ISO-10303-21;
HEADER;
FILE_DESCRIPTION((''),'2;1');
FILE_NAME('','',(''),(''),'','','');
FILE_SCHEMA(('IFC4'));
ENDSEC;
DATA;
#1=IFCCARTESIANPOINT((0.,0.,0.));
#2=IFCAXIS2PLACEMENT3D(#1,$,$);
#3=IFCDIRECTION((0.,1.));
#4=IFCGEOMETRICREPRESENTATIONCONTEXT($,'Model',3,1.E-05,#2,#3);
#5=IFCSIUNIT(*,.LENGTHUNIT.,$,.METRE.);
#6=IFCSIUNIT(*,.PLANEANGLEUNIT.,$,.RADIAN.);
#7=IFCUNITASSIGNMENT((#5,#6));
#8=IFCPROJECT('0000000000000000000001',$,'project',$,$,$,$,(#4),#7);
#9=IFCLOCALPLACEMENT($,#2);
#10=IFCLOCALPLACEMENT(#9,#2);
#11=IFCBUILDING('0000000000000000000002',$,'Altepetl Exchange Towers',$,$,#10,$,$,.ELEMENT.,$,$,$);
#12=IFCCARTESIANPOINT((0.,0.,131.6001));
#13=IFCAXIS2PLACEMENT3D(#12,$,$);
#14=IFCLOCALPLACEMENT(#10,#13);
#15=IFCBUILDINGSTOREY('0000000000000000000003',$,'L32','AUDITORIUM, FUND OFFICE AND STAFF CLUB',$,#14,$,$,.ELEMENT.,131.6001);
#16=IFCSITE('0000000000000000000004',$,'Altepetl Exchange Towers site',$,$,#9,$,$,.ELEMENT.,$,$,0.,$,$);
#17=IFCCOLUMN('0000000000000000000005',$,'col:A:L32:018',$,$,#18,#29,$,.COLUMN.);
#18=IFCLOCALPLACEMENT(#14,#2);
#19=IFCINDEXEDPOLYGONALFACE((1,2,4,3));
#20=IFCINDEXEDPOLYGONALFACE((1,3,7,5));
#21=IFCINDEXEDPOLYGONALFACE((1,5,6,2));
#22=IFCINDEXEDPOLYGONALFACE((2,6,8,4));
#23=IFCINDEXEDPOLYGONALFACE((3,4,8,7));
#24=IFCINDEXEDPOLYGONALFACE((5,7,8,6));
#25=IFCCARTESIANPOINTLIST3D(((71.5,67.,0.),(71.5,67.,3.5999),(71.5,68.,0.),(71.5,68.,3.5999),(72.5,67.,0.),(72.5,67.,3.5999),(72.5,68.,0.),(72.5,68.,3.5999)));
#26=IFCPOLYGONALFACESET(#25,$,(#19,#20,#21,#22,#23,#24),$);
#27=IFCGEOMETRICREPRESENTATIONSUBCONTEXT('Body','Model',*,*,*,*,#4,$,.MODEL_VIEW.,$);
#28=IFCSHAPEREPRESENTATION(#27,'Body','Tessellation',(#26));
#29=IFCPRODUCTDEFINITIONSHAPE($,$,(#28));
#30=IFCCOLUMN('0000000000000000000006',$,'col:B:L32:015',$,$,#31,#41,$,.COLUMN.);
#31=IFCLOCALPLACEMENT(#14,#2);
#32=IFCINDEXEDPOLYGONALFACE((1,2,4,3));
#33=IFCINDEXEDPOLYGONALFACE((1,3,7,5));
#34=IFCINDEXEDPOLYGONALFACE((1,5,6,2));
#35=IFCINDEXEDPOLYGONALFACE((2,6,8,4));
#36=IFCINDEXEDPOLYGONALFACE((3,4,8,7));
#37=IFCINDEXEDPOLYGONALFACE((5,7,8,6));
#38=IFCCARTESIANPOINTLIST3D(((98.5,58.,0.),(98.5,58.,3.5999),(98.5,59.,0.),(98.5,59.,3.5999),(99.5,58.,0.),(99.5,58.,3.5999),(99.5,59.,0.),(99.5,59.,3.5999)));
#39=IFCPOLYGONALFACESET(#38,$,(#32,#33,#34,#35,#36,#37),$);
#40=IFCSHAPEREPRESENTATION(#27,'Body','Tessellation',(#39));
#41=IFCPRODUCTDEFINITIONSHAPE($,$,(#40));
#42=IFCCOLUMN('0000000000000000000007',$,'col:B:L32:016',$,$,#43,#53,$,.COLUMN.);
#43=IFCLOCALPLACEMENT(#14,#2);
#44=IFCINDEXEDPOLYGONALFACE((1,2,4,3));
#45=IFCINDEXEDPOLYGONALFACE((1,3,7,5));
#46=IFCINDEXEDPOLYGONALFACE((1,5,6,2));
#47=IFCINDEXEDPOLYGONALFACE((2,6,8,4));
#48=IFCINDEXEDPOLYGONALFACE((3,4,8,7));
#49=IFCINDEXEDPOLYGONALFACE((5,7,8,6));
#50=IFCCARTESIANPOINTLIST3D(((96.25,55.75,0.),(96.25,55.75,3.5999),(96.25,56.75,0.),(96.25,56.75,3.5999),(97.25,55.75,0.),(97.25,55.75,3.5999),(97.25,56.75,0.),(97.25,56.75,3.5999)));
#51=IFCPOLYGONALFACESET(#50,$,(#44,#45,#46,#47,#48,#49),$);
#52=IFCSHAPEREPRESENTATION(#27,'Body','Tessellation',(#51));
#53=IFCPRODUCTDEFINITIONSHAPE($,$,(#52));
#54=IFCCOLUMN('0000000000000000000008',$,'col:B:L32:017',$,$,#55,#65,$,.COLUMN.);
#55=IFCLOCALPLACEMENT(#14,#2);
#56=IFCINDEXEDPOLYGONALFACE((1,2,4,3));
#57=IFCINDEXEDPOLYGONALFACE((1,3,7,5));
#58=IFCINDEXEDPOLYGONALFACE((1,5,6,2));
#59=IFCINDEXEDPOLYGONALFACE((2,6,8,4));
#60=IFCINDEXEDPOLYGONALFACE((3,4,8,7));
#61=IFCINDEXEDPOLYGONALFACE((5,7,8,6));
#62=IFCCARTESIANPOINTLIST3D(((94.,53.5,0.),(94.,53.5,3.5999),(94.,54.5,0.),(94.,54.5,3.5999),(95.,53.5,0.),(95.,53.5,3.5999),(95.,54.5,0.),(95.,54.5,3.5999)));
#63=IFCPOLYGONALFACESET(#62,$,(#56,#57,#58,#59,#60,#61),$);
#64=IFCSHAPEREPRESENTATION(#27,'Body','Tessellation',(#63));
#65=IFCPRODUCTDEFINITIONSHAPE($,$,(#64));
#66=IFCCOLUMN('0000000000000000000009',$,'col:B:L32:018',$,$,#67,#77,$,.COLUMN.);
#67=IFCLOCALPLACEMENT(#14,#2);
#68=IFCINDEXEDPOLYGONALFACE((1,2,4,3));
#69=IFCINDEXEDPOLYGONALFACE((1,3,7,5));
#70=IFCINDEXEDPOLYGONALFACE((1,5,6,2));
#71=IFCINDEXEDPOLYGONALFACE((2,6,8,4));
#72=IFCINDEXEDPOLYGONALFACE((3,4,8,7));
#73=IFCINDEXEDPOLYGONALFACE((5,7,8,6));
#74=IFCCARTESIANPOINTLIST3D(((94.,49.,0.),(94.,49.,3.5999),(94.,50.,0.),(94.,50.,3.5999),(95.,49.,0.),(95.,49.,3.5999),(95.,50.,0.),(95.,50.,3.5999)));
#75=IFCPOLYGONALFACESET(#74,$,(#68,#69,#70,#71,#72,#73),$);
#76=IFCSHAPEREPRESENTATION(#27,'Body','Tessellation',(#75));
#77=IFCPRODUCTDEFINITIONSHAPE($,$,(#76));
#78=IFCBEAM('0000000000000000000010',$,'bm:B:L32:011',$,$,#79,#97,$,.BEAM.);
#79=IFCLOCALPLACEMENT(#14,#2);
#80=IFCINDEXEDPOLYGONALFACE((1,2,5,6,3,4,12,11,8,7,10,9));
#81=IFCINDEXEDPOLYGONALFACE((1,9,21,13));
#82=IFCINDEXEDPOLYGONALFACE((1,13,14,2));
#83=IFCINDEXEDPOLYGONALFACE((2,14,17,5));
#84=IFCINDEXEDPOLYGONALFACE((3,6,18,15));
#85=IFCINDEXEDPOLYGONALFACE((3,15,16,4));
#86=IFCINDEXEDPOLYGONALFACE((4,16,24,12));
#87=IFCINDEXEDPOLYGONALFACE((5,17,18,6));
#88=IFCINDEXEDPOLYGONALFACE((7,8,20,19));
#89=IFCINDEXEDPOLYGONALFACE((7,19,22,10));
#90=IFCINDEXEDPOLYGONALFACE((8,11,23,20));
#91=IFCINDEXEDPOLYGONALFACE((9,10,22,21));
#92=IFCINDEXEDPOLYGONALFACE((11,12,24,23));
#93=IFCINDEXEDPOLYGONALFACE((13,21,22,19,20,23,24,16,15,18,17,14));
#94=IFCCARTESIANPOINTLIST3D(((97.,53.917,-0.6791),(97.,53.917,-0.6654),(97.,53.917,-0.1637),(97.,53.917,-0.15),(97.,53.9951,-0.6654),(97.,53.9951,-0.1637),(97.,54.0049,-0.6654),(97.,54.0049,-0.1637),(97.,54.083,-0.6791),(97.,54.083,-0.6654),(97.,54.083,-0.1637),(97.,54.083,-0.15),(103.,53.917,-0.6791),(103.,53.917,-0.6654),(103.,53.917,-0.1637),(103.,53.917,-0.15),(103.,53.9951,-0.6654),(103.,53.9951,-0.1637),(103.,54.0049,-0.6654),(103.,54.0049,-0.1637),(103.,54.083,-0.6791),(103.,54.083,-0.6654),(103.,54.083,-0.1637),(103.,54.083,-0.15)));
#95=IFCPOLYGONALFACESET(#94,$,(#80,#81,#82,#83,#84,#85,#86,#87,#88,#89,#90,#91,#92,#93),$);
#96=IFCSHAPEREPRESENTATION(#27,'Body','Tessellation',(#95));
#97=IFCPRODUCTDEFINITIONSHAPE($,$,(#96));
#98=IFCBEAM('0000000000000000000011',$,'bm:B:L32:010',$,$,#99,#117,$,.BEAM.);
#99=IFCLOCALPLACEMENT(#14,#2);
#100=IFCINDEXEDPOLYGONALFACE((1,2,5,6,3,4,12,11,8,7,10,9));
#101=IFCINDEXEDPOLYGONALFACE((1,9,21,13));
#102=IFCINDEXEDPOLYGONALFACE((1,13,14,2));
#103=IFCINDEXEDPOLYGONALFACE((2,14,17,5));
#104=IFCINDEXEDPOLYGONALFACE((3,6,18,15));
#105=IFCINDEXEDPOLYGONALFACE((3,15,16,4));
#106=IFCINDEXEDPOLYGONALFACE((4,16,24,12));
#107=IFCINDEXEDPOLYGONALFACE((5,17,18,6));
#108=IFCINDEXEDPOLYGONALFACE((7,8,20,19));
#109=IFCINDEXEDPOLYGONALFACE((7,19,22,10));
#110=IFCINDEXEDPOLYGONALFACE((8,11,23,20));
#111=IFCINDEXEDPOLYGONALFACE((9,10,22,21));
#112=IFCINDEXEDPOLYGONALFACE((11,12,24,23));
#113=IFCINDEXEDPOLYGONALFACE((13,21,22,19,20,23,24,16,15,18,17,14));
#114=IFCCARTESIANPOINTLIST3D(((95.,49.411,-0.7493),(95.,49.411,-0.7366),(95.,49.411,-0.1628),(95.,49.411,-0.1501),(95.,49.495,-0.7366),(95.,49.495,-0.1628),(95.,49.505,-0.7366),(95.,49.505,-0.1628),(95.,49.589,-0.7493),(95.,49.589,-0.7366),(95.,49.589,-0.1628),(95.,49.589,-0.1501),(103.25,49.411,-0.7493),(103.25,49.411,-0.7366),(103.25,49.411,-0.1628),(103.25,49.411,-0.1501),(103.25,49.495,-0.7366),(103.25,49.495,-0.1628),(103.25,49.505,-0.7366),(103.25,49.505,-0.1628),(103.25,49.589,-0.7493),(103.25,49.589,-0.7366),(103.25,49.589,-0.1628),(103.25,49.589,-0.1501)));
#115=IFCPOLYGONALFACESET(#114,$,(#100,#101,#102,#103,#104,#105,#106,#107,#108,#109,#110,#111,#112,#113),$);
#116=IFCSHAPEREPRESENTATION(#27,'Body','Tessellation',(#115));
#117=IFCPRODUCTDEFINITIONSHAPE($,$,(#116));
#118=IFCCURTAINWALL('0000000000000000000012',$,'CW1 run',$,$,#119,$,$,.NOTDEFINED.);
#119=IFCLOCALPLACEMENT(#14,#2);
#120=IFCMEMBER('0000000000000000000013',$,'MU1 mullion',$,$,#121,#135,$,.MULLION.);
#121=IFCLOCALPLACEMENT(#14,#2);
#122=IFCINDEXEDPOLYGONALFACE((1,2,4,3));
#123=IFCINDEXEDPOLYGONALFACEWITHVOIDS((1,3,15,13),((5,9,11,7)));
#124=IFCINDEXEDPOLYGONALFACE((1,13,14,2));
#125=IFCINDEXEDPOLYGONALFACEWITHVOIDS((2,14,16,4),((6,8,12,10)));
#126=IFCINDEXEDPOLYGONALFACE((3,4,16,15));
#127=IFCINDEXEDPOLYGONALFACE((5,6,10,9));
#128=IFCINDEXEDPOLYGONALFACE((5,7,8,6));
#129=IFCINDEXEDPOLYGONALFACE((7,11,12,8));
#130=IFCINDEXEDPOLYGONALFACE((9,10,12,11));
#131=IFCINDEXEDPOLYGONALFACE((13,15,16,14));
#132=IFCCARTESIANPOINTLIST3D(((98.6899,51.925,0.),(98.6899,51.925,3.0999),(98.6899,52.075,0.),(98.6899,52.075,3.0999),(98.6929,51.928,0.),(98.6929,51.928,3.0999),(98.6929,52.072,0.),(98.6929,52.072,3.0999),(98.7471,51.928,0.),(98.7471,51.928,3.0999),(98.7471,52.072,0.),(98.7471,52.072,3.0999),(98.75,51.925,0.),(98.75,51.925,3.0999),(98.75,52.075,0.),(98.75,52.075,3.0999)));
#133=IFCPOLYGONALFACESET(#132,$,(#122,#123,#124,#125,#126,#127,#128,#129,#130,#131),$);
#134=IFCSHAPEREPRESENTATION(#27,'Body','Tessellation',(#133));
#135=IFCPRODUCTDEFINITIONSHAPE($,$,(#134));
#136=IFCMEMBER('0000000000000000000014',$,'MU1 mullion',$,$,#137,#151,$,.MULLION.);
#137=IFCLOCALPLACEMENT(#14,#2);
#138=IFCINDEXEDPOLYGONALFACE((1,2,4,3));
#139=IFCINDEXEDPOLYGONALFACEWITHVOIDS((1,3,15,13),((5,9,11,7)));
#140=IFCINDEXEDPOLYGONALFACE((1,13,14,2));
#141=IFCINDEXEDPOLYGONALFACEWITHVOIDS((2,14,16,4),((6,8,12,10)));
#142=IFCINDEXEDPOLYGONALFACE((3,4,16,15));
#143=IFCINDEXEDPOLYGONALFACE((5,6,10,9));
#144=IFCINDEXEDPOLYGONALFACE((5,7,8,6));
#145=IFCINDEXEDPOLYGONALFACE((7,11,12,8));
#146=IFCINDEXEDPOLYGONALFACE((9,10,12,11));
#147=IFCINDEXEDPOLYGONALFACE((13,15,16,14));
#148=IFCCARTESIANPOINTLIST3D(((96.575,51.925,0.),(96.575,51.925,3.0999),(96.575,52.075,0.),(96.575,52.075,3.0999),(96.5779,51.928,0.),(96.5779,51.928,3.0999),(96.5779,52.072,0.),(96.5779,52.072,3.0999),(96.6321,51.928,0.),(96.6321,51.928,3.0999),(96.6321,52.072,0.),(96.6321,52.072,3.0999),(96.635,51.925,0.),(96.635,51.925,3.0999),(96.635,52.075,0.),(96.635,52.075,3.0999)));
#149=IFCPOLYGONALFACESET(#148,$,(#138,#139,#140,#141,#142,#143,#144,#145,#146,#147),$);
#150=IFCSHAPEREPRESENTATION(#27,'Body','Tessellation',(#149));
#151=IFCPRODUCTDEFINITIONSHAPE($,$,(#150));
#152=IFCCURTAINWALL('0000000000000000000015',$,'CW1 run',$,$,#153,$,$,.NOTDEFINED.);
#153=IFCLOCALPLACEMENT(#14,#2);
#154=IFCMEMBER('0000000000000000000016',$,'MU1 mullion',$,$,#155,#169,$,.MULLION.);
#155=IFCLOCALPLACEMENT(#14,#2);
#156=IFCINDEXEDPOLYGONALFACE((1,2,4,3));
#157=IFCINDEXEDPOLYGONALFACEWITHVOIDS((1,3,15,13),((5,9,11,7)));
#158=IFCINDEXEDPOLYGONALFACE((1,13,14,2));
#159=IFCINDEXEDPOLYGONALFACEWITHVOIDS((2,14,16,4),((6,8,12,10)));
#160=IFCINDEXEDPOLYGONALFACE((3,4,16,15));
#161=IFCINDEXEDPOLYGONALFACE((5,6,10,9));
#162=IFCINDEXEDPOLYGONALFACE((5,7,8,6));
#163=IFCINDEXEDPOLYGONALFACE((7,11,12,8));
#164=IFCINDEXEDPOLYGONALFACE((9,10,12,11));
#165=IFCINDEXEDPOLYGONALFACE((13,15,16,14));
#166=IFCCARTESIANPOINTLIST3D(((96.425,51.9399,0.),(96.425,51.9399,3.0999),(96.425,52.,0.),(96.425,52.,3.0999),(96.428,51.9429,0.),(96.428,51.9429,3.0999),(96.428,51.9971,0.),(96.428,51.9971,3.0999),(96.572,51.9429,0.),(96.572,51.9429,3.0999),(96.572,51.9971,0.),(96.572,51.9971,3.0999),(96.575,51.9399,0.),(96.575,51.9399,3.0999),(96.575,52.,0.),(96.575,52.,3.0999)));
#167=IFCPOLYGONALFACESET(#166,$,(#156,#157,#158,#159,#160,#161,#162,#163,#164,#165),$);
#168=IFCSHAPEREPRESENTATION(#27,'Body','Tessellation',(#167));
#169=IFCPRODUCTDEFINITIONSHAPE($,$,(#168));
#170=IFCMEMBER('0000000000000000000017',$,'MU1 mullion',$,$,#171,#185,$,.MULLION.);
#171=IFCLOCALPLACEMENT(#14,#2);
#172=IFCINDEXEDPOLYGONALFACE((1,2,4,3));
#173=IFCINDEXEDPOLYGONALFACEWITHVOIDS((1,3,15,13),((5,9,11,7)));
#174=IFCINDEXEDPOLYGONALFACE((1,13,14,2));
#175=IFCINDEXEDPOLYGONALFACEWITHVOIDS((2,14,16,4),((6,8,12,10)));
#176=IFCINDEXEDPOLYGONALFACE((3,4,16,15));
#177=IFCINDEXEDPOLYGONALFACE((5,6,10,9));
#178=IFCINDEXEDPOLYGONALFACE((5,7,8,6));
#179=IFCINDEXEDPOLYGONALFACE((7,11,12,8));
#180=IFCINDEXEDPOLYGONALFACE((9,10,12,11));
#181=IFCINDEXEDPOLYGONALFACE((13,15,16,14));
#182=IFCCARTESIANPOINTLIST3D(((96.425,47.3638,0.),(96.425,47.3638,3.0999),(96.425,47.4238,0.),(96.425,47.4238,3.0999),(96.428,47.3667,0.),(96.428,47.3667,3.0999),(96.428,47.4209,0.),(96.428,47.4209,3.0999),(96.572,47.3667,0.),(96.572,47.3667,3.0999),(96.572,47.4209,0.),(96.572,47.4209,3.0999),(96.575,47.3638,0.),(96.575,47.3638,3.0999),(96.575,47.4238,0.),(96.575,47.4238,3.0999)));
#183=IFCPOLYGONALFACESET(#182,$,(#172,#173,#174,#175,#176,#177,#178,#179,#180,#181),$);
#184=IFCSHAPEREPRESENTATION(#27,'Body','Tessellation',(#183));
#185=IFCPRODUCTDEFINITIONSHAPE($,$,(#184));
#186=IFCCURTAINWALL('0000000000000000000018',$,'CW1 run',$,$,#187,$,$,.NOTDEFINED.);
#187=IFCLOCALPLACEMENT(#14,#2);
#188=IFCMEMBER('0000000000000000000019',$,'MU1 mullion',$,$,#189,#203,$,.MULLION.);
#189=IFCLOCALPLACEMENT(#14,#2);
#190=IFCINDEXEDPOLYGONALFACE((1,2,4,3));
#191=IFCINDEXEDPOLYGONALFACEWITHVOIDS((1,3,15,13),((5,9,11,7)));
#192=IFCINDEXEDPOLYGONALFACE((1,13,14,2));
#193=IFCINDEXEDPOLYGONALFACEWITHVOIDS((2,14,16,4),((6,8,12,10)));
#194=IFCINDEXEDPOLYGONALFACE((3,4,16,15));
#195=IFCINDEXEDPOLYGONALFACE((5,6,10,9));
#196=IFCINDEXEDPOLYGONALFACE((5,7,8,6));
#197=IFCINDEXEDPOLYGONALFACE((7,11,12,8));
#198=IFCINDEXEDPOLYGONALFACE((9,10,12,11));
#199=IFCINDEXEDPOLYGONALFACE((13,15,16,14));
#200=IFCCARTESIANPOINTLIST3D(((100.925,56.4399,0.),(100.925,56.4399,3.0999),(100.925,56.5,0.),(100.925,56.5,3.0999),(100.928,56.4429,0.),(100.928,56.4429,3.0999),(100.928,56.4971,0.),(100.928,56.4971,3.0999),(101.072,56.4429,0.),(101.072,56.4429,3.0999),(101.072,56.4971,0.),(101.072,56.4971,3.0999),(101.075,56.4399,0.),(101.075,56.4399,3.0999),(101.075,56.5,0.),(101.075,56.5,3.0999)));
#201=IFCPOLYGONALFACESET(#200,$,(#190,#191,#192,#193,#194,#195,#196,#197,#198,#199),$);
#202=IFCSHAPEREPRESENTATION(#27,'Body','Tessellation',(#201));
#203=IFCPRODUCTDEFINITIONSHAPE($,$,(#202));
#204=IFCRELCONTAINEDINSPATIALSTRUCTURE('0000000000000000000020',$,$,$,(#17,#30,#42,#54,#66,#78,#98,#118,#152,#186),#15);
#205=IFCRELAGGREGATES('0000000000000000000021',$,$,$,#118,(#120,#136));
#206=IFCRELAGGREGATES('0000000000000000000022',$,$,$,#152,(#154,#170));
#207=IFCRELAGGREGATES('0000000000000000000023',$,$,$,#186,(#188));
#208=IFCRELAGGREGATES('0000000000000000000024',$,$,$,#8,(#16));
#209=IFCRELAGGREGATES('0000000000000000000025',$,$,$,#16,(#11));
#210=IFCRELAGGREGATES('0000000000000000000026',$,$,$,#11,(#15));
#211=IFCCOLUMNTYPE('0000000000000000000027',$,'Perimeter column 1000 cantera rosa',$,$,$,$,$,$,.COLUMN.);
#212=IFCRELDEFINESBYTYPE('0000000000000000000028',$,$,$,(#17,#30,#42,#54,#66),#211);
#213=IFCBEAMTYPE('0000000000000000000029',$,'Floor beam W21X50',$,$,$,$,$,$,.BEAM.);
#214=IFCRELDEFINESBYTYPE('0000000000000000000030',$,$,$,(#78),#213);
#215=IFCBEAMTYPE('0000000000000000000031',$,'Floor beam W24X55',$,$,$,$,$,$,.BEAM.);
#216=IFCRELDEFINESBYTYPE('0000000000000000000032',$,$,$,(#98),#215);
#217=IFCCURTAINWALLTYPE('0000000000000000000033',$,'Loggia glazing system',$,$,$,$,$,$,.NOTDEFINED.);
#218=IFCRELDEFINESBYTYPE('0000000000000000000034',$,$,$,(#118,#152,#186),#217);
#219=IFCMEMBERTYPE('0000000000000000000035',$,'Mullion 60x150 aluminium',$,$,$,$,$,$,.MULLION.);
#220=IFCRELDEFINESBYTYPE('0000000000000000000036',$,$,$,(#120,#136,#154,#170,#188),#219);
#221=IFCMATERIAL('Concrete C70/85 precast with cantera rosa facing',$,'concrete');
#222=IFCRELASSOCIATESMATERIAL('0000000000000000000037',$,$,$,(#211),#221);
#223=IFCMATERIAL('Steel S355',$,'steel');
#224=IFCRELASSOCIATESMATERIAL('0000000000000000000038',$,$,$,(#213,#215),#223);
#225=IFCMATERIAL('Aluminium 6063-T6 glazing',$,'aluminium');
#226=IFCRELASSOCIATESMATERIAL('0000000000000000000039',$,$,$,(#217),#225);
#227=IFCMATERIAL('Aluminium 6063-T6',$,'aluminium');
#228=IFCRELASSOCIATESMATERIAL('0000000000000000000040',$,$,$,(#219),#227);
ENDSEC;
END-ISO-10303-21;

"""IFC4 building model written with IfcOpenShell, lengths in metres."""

from ifc_helpers import new_model, si_unit, direction, frame, origin, origin_2d, place, context, subcontext, project, spatial, rectangle, hollow_rectangle, i_section, extrude, material, material_profile, profile_set, type_object, element, aggregate, save


model = new_model("IFC4")

# Units and contexts
model_context = context("Model", 3, precision=1e-05, world=origin(), true_north=direction((0.0, 1.0)))
body_context = subcontext(model_context, "Body", "Model", "MODEL_VIEW")
ifc_project = project(units=[si_unit("LENGTHUNIT", "METRE"), si_unit("PLANEANGLEUNIT", "RADIAN")], contexts=[model_context])

# Site, building, storey
site_placement = place(None, origin())
site = spatial("IfcSite", under=ifc_project, at=site_placement, Name="Altepetl Exchange Towers site", CompositionType="ELEMENT", RefElevation=0.0)
building_placement = place(site_placement, origin())
building = spatial("IfcBuilding", under=site, at=building_placement, Name="Altepetl Exchange Towers", CompositionType="ELEMENT")
storey_placement = place(building_placement, frame((0.0, 0.0, 131.6001)))
storey = spatial("IfcBuildingStorey", under=building, at=storey_placement, Name="L32", Description="AUDITORIUM, FUND OFFICE AND STAFF CLUB", CompositionType="ELEMENT", Elevation=131.6001)

# Columns
ifc_material_1 = material(Name="Concrete C70/85 precast with cantera rosa facing", Category="concrete")
ifc_material_profile_1 = material_profile(ifc_material_1, rectangle(XDim=1.0, YDim=1.0, at=origin_2d()), Name="1000 x 1000")
ifc_profile_set_1 = profile_set([ifc_material_profile_1], Name="Concrete C70/85 precast with cantera rosa facing")
column_type = type_object("IfcColumnType", Name="Perimeter column 1000 cantera rosa", PredefinedType="COLUMN", material=ifc_profile_set_1)
for number, where, name in (
    (1, (72.0, 67.5, 0.0), "col:A:L32:018"),
    (2, (99.0, 58.5, 0.0), "col:B:L32:015"),
    (3, (96.75, 56.25, 0.0), "col:B:L32:016"),
    (4, (94.5, 54.0, 0.0), "col:B:L32:017"),
    (5, (94.5, 49.5, 0.0), "col:B:L32:018"),
):
    element("IfcColumn", number, at=place(storey_placement, frame(where)), inside=storey, type_object=column_type, Name=name, PredefinedType="COLUMN", context=body_context, shape_type="SweptSolid", body=[
        extrude(rectangle(XDim=1.0, YDim=1.0, at=origin_2d()), origin(), (0.0, 0.0, 1.0), 3.5999),
    ])

# Beams
ifc_material_2 = material(Name="Steel S355", Category="steel")
ifc_material_profile_2 = material_profile(ifc_material_2, i_section(OverallWidth=0.166, OverallDepth=0.5291, WebThickness=0.0098, FlangeThickness=0.0137, at=origin_2d()), Name="W21X50")
ifc_profile_set_2 = profile_set([ifc_material_profile_2], Name="Steel S355")
beam_type_1 = type_object("IfcBeamType", Name="Floor beam W21X50", PredefinedType="BEAM", material=ifc_profile_set_2)
beam_1_placement = place(storey_placement, frame((97.0, 54.0, -0.4146), z_axis=(1.0, 0.0, 0.0), x_axis=(0.0, 1.0, 0.0)))
element("IfcBeam", 6, at=beam_1_placement, inside=storey, type_object=beam_type_1, Name="bm:B:L32:011", PredefinedType="BEAM", context=body_context, shape_type="SweptSolid", body=[
    extrude(i_section(OverallWidth=0.166, OverallDepth=0.5291, WebThickness=0.0098, FlangeThickness=0.0137, at=origin_2d()), origin(), (0.0, 0.0, 1.0), 6.0),
])
ifc_material_profile_3 = material_profile(ifc_material_2, i_section(OverallWidth=0.178, OverallDepth=0.5991, WebThickness=0.01, FlangeThickness=0.0127, at=origin_2d()), Name="W24X55")
ifc_profile_set_3 = profile_set([ifc_material_profile_3], Name="Steel S355")
beam_type_2 = type_object("IfcBeamType", Name="Floor beam W24X55", PredefinedType="BEAM", material=ifc_profile_set_3)
beam_2_placement = place(storey_placement, frame((95.0, 49.5, -0.4497), z_axis=(1.0, 0.0, 0.0), x_axis=(0.0, 1.0, 0.0)))
element("IfcBeam", 7, at=beam_2_placement, inside=storey, type_object=beam_type_2, Name="bm:B:L32:010", PredefinedType="BEAM", context=body_context, shape_type="SweptSolid", body=[
    extrude(i_section(OverallWidth=0.178, OverallDepth=0.5991, WebThickness=0.01, FlangeThickness=0.0127, at=origin_2d()), origin(), (0.0, 0.0, 1.0), 8.25),
])

# Curtain walls, members
ifc_material_3 = material(Name="Aluminium 6063-T6 glazing", Category="aluminium")
curtain_wall_type = type_object("IfcCurtainWallType", Name="Loggia glazing system", PredefinedType="NOTDEFINED", material=ifc_material_3)
curtain_wall_1_placement = place(storey_placement, origin())
curtain_wall_1 = element("IfcCurtainWall", 8, at=curtain_wall_1_placement, inside=storey, type_object=curtain_wall_type, Name="CW1 run", PredefinedType="NOTDEFINED")
ifc_material_4 = material(Name="Aluminium 6063-T6", Category="aluminium")
ifc_material_profile_4 = material_profile(ifc_material_4, hollow_rectangle(XDim=0.0601, YDim=0.1499, WallThickness=0.0029, at=origin_2d()), Name="Mullion 60x150 aluminium")
ifc_profile_set_4 = profile_set([ifc_material_profile_4], Name="Aluminium 6063-T6")
member_type = type_object("IfcMemberType", Name="Mullion 60x150 aluminium", PredefinedType="MULLION", material=ifc_profile_set_4)
member_1_placement = place(storey_placement, frame((98.72, 52.0, 0.0), z_axis=(0.0, 0.0, 1.0), x_axis=(-1.0, 0.0, 0.0)))
member_1 = element("IfcMember", 9, at=member_1_placement, type_object=member_type, Name="MU1 mullion", PredefinedType="MULLION", context=body_context, shape_type="SweptSolid", body=[
    extrude(hollow_rectangle(XDim=0.0601, YDim=0.1499, WallThickness=0.0029, at=origin_2d()), origin(), (0.0, 0.0, 1.0), 3.0999),
])
member_2_placement = place(storey_placement, frame((96.605, 52.0, 0.0), z_axis=(0.0, 0.0, 1.0), x_axis=(-1.0, 0.0, 0.0)))
member_2 = element("IfcMember", 10, at=member_2_placement, type_object=member_type, Name="MU1 mullion", PredefinedType="MULLION", context=body_context, shape_type="SweptSolid", body=[
    extrude(hollow_rectangle(XDim=0.0601, YDim=0.1499, WallThickness=0.0029, at=origin_2d()), origin(), (0.0, 0.0, 1.0), 3.0999),
])
curtain_wall_2_placement = place(storey_placement, origin())
curtain_wall_2 = element("IfcCurtainWall", 11, at=curtain_wall_2_placement, inside=storey, type_object=curtain_wall_type, Name="CW1 run", PredefinedType="NOTDEFINED")
member_3_placement = place(storey_placement, frame((96.5, 51.97, 0.0), z_axis=(0.0, 0.0, 1.0), x_axis=(0.0, -1.0, 0.0)))
member_3 = element("IfcMember", 12, at=member_3_placement, type_object=member_type, Name="MU1 mullion", PredefinedType="MULLION", context=body_context, shape_type="SweptSolid", body=[
    extrude(hollow_rectangle(XDim=0.0601, YDim=0.1499, WallThickness=0.0029, at=origin_2d()), origin(), (0.0, 0.0, 1.0), 3.0999),
])
member_4_placement = place(storey_placement, frame((96.5, 47.3938, 0.0), z_axis=(0.0, 0.0, 1.0), x_axis=(0.0, -1.0, 0.0)))
member_4 = element("IfcMember", 13, at=member_4_placement, type_object=member_type, Name="MU1 mullion", PredefinedType="MULLION", context=body_context, shape_type="SweptSolid", body=[
    extrude(hollow_rectangle(XDim=0.0601, YDim=0.1499, WallThickness=0.0029, at=origin_2d()), origin(), (0.0, 0.0, 1.0), 3.0999),
])
curtain_wall_3_placement = place(storey_placement, origin())
curtain_wall_3 = element("IfcCurtainWall", 14, at=curtain_wall_3_placement, inside=storey, type_object=curtain_wall_type, Name="CW1 run", PredefinedType="NOTDEFINED")
member_5_placement = place(storey_placement, frame((101.0, 56.47, 0.0), z_axis=(0.0, 0.0, 1.0), x_axis=(0.0, -1.0, 0.0)))
member_5 = element("IfcMember", 15, at=member_5_placement, type_object=member_type, Name="MU1 mullion", PredefinedType="MULLION", context=body_context, shape_type="SweptSolid", body=[
    extrude(hollow_rectangle(XDim=0.0601, YDim=0.1499, WallThickness=0.0029, at=origin_2d()), origin(), (0.0, 0.0, 1.0), 3.0999),
])

aggregate(curtain_wall_1, [member_1, member_2])
aggregate(curtain_wall_2, [member_3, member_4])
aggregate(curtain_wall_3, [member_5])

save(model, "model.ifc")
